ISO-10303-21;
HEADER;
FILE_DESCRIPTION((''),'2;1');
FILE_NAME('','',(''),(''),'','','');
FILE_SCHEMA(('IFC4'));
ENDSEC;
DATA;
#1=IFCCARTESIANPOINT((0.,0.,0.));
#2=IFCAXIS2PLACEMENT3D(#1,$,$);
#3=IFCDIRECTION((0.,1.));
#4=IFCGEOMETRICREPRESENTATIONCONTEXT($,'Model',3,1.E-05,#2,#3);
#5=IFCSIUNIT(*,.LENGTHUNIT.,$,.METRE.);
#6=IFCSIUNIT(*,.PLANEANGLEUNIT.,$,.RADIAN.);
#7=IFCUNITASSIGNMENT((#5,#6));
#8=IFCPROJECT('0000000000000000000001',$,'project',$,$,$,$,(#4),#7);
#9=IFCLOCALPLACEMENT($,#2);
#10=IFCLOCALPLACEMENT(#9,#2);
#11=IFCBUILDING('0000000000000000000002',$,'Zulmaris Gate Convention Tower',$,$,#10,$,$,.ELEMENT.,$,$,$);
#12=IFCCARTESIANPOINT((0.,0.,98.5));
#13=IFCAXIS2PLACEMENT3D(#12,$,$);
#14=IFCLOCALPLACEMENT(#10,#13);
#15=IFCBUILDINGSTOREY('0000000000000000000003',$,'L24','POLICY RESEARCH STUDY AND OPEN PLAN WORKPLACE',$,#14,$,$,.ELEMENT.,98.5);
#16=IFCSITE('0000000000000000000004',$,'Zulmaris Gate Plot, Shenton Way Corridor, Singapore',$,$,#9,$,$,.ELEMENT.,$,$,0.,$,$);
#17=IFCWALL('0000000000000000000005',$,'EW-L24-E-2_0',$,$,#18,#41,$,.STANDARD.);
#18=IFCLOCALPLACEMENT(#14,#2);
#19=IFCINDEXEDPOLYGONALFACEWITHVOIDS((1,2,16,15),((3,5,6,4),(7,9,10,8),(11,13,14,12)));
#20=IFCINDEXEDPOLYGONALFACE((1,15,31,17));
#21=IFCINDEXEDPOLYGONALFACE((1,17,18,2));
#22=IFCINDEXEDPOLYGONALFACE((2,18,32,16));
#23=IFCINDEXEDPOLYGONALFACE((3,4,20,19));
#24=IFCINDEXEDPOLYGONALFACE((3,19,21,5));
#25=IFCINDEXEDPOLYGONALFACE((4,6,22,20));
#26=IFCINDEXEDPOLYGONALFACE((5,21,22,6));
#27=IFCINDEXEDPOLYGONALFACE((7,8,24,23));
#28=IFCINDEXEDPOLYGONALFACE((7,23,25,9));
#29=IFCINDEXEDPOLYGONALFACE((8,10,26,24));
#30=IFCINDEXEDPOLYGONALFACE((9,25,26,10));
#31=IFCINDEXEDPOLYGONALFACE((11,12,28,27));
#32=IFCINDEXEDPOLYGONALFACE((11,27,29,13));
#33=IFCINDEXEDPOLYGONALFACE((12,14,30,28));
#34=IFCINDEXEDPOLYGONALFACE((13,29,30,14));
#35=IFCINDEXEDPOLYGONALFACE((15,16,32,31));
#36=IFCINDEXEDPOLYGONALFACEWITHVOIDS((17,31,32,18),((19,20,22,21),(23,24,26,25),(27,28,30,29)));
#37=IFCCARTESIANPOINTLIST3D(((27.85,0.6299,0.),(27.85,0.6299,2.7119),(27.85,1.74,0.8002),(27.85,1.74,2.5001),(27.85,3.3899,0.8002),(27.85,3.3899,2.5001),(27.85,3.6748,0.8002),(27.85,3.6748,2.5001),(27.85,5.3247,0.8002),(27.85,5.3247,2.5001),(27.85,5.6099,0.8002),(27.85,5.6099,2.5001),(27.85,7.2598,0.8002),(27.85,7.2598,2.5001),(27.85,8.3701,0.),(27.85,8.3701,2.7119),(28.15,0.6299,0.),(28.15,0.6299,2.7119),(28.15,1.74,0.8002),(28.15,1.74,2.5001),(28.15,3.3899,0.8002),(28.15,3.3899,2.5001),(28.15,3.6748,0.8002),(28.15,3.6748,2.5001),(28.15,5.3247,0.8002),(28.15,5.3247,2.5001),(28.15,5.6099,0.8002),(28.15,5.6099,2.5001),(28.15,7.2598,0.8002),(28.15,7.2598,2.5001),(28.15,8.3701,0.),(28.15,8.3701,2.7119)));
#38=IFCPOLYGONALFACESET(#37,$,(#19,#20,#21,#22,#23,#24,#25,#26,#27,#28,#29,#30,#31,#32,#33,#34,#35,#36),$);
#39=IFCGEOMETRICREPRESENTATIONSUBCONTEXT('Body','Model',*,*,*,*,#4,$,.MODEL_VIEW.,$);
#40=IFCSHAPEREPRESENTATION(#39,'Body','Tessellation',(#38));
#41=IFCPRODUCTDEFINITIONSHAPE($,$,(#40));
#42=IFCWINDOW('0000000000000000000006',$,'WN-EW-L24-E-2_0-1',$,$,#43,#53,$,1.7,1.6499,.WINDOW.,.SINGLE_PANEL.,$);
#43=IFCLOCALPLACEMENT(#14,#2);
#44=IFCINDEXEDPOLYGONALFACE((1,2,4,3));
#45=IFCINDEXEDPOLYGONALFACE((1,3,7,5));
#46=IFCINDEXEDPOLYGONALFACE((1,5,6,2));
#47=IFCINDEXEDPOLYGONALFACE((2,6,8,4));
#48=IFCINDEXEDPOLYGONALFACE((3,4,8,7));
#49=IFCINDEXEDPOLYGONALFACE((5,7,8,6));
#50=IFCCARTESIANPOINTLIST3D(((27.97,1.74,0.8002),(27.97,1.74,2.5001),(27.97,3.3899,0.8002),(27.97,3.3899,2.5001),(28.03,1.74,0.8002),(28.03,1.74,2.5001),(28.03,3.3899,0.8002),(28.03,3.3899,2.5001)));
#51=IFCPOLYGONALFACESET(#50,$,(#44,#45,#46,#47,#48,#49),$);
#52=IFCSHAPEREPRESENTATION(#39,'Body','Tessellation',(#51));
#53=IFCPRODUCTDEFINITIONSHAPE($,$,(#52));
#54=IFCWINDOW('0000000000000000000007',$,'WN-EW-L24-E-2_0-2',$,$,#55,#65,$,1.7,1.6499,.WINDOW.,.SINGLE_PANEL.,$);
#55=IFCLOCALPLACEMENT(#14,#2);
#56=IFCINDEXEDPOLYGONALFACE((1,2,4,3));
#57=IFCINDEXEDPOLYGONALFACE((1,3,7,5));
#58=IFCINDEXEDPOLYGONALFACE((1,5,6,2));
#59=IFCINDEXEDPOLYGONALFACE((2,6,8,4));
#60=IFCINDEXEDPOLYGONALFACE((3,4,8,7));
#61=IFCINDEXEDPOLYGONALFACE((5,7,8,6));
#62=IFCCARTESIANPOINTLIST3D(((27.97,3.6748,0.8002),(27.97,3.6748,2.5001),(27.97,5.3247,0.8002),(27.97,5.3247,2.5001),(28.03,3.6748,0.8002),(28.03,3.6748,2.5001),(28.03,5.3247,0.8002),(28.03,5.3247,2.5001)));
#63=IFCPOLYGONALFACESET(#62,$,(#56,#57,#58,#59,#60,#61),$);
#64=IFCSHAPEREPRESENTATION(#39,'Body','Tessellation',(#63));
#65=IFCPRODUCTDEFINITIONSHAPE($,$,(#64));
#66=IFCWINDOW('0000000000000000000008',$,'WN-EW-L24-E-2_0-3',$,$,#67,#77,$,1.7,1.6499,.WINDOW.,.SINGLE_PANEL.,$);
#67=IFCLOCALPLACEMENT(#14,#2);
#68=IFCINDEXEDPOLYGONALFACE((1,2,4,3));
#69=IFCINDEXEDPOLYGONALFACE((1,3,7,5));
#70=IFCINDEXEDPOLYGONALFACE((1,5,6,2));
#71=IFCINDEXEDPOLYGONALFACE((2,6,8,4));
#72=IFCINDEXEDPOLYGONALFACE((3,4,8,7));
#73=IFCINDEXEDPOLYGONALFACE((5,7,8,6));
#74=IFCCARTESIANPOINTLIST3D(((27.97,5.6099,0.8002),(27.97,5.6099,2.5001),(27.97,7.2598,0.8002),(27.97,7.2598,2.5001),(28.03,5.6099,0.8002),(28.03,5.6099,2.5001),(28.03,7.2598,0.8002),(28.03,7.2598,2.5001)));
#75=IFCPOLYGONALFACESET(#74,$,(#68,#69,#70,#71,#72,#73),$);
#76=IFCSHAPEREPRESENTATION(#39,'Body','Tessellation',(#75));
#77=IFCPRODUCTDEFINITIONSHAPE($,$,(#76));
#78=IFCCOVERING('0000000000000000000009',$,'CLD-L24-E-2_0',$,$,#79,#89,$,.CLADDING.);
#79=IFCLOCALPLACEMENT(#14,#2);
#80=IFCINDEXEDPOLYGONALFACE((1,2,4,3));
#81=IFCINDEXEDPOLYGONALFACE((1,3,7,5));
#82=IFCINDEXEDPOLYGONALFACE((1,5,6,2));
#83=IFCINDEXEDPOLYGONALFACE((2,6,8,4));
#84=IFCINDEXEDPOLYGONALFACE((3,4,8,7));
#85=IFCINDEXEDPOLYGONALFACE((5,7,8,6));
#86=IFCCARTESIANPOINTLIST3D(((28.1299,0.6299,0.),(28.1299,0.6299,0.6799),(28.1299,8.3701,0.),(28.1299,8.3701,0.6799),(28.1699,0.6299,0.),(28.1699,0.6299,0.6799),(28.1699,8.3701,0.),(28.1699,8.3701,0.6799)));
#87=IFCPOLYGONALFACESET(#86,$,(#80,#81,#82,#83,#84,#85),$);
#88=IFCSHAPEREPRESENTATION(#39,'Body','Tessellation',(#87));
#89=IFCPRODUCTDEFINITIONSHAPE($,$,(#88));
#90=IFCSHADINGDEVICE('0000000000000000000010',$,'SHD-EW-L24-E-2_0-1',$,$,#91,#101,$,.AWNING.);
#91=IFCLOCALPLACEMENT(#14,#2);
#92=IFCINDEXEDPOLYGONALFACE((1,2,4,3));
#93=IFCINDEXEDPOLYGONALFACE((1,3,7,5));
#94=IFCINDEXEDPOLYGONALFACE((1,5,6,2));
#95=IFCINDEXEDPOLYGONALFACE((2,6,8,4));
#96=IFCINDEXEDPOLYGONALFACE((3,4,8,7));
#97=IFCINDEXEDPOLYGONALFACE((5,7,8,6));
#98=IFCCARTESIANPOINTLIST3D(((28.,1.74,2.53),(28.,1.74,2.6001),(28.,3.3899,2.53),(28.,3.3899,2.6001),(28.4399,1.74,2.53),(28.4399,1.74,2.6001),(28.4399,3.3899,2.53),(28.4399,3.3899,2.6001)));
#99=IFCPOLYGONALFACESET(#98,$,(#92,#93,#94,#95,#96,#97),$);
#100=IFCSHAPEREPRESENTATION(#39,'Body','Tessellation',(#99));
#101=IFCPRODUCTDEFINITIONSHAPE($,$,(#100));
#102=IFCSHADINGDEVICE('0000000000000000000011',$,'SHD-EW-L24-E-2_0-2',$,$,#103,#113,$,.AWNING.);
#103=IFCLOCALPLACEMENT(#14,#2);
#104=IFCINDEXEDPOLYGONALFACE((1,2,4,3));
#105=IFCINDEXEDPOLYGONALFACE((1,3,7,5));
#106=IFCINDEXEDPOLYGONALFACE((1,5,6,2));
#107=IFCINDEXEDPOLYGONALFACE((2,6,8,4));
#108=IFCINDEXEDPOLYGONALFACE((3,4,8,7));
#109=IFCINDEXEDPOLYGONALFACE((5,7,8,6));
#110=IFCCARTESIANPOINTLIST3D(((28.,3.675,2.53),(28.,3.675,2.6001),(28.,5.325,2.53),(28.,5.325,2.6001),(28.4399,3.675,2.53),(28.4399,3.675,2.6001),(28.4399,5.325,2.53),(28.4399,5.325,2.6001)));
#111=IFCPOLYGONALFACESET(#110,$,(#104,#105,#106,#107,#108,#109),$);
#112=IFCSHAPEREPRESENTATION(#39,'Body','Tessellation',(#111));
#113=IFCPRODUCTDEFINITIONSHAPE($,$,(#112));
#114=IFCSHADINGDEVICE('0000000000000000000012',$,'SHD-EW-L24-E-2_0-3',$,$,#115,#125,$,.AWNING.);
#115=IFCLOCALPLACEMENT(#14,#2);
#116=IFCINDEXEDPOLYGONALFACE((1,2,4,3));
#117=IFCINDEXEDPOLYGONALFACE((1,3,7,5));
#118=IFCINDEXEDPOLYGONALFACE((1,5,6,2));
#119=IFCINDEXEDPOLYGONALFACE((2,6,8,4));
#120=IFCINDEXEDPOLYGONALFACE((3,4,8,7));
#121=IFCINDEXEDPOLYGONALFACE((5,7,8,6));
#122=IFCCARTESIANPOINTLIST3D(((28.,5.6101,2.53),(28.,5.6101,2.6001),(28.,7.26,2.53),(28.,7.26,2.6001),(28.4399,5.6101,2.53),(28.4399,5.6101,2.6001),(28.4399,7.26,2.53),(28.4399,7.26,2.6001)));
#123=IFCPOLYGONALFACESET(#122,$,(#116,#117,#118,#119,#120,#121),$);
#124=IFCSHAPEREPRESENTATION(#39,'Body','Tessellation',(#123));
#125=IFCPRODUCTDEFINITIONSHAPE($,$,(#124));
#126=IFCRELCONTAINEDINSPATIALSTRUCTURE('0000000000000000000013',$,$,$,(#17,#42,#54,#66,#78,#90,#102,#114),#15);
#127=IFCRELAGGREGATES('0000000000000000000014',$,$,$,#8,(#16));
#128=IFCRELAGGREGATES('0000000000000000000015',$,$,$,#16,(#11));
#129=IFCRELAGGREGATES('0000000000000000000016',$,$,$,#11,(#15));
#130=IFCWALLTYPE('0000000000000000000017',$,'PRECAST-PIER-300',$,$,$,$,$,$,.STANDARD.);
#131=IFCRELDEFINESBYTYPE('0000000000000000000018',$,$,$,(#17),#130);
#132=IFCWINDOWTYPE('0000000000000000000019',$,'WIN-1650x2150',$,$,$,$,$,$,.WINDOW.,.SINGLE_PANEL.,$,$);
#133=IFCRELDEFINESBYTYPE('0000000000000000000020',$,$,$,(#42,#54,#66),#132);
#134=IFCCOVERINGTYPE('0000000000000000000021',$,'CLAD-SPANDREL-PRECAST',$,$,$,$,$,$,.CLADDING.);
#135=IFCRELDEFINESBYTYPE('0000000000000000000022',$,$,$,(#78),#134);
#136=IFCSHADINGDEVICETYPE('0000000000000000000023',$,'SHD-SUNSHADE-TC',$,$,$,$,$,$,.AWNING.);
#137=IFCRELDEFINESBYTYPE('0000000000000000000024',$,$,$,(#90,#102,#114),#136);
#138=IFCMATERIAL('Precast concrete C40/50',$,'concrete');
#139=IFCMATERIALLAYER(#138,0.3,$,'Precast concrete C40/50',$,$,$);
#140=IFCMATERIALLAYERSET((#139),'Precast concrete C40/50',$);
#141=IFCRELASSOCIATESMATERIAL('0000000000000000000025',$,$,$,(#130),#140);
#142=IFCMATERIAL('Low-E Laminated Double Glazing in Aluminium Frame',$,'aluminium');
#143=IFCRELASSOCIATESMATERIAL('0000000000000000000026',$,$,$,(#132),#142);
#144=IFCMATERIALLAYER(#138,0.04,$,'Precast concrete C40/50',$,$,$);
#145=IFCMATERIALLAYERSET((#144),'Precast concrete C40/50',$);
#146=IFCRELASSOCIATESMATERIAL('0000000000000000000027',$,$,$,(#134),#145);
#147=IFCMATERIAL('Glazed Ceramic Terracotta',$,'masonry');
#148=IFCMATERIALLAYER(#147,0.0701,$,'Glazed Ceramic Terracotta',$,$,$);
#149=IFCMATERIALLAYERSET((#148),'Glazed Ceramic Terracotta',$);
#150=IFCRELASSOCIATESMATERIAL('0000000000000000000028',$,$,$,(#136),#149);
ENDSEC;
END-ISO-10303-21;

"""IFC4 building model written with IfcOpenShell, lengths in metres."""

from ifc_helpers import new_model, si_unit, direction, frame, frame_2d, origin, place, context, subcontext, project, spatial, rectangle, extrude, material, layer, layer_set, type_object, element, fill, save


model = new_model("IFC4")

# Units and contexts
model_context = context("Model", 3, precision=1e-05, world=origin(), true_north=direction((0.0, 1.0)))
body_context = subcontext(model_context, "Body", "Model", "MODEL_VIEW")
ifc_project = project(units=[si_unit("LENGTHUNIT", "METRE"), si_unit("PLANEANGLEUNIT", "RADIAN")], contexts=[model_context])

# Site, building, storey
site_placement = place(None, origin())
site = spatial("IfcSite", under=ifc_project, at=site_placement, Name="Zulmaris Gate Plot, Shenton Way Corridor, Singapore", CompositionType="ELEMENT", RefElevation=0.0)
building_placement = place(site_placement, origin())
building = spatial("IfcBuilding", under=site, at=building_placement, Name="Zulmaris Gate Convention Tower", CompositionType="ELEMENT")
storey_placement = place(building_placement, frame((0.0, 0.0, 98.5)))
storey = spatial("IfcBuildingStorey", under=building, at=storey_placement, Name="L24", Description="POLICY RESEARCH STUDY AND OPEN PLAN WORKPLACE", CompositionType="ELEMENT", Elevation=98.5)

# Wall, openings, windows
ifc_material_1 = material(Name="Precast concrete C40/50", Category="concrete")
ifc_layer_1 = layer(ifc_material_1, 0.3, Name="Precast concrete C40/50")
ifc_layer_set_1 = layer_set([ifc_layer_1], Name="Precast concrete C40/50")
wall_type_1 = type_object("IfcWallType", Name="PRECAST-PIER-300", PredefinedType="STANDARD", material=ifc_layer_set_1)
wall_1_placement = place(storey_placement, frame((28.0, 0.6299, 0.0), z_axis=(0.0, 0.0, 1.0), x_axis=(0.0, 1.0, 0.0)))
wall_1 = element("IfcWall", 1, at=wall_1_placement, inside=storey, type_object=wall_type_1, Name="EW-L24-E-2_0", PredefinedType="STANDARD", context=body_context, shape_type="SweptSolid", body=[
    extrude(rectangle(XDim=7.7402, YDim=0.3, at=frame_2d((3.8701, 0.0))), origin(), (0.0, 0.0, 1.0), 2.7119),
])
opening_1_placement = place(wall_1_placement, frame((1.1101, 0.0, 0.8)))
opening_1 = element("IfcOpeningElement", 2, at=opening_1_placement, cuts=wall_1, PredefinedType="OPENING", context=body_context, shape_type="SweptSolid", body=[
    extrude(rectangle(XDim=1.6499, YDim=1.7, at=frame_2d((0.825, 0.8501))), frame((0.0, 0.1602, 0.0), z_axis=(0.0, -1.0, 0.0), x_axis=(1.0, 0.0, 0.0)), (0.0, 0.0, 1.0), 0.3201),
])
opening_2_placement = place(wall_1_placement, frame((3.0449, 0.0, 0.8)))
opening_2 = element("IfcOpeningElement", 3, at=opening_2_placement, cuts=wall_1, PredefinedType="OPENING", context=body_context, shape_type="SweptSolid", body=[
    extrude(rectangle(XDim=1.6499, YDim=1.7, at=frame_2d((0.825, 0.8501))), frame((0.0, 0.1602, 0.0), z_axis=(0.0, -1.0, 0.0), x_axis=(1.0, 0.0, 0.0)), (0.0, 0.0, 1.0), 0.3201),
])
opening_3_placement = place(wall_1_placement, frame((4.98, 0.0, 0.8)))
opening_3 = element("IfcOpeningElement", 4, at=opening_3_placement, cuts=wall_1, PredefinedType="OPENING", context=body_context, shape_type="SweptSolid", body=[
    extrude(rectangle(XDim=1.6499, YDim=1.7, at=frame_2d((0.825, 0.8501))), frame((0.0, 0.1602, 0.0), z_axis=(0.0, -1.0, 0.0), x_axis=(1.0, 0.0, 0.0)), (0.0, 0.0, 1.0), 0.3201),
])
ifc_material_2 = material(Name="Low-E Laminated Double Glazing in Aluminium Frame", Category="aluminium")
window_type = type_object("IfcWindowType", Name="WIN-1650x2150", PartitioningType="SINGLE_PANEL", PredefinedType="WINDOW", material=ifc_material_2)
window_1_placement = place(opening_1_placement, origin())
window_1 = element("IfcWindow", 5, at=window_1_placement, inside=storey, type_object=window_type, Name="WN-EW-L24-E-2_0-1", OverallHeight=1.7, OverallWidth=1.6499, PartitioningType="SINGLE_PANEL", PredefinedType="WINDOW", context=body_context, shape_type="SweptSolid", body=[
    extrude(rectangle(XDim=1.6499, YDim=1.7, at=frame_2d((0.825, 0.8501))), frame((0.0, 0.03, 0.0), z_axis=(0.0, -1.0, 0.0), x_axis=(1.0, 0.0, 0.0)), (0.0, 0.0, 1.0), 0.0601),
])
fill(opening_1, window_1)
window_2_placement = place(opening_2_placement, origin())
window_2 = element("IfcWindow", 6, at=window_2_placement, inside=storey, type_object=window_type, Name="WN-EW-L24-E-2_0-2", OverallHeight=1.7, OverallWidth=1.6499, PartitioningType="SINGLE_PANEL", PredefinedType="WINDOW", context=body_context, shape_type="SweptSolid", body=[
    extrude(rectangle(XDim=1.6499, YDim=1.7, at=frame_2d((0.825, 0.8501))), frame((0.0, 0.03, 0.0), z_axis=(0.0, -1.0, 0.0), x_axis=(1.0, 0.0, 0.0)), (0.0, 0.0, 1.0), 0.0601),
])
fill(opening_2, window_2)
window_3_placement = place(opening_3_placement, origin())
window_3 = element("IfcWindow", 7, at=window_3_placement, inside=storey, type_object=window_type, Name="WN-EW-L24-E-2_0-3", OverallHeight=1.7, OverallWidth=1.6499, PartitioningType="SINGLE_PANEL", PredefinedType="WINDOW", context=body_context, shape_type="SweptSolid", body=[
    extrude(rectangle(XDim=1.6499, YDim=1.7, at=frame_2d((0.825, 0.8501))), frame((0.0, 0.03, 0.0), z_axis=(0.0, -1.0, 0.0), x_axis=(1.0, 0.0, 0.0)), (0.0, 0.0, 1.0), 0.0601),
])
fill(opening_3, window_3)

# Covering
ifc_layer_2 = layer(ifc_material_1, 0.04, Name="Precast concrete C40/50")
ifc_layer_set_2 = layer_set([ifc_layer_2], Name="Precast concrete C40/50")
covering_type = type_object("IfcCoveringType", Name="CLAD-SPANDREL-PRECAST", PredefinedType="CLADDING", material=ifc_layer_set_2)
covering_placement = place(storey_placement, frame((28.1499, 0.6299, 0.0), z_axis=(0.0, 0.0, 1.0), x_axis=(0.0, 1.0, 0.0)))
element("IfcCovering", 8, at=covering_placement, inside=storey, type_object=covering_type, Name="CLD-L24-E-2_0", PredefinedType="CLADDING", context=body_context, shape_type="SweptSolid", body=[
    extrude(rectangle(XDim=7.7402, YDim=0.04, at=frame_2d((3.8701, 0.0))), origin(), (0.0, 0.0, 1.0), 0.6799),
])

# Shading devices
ifc_material_3 = material(Name="Glazed Ceramic Terracotta", Category="masonry")
ifc_layer_3 = layer(ifc_material_3, 0.0701, Name="Glazed Ceramic Terracotta")
ifc_layer_set_3 = layer_set([ifc_layer_3], Name="Glazed Ceramic Terracotta")
shading_device_type = type_object("IfcShadingDeviceType", Name="SHD-SUNSHADE-TC", PredefinedType="AWNING", material=ifc_layer_set_3)
for number, where, z_axis, x_axis, name in (
    (9, (28.22, 1.74, 2.53), (0.0, 0.0, 1.0), (0.0, 1.0, 0.0), "SHD-EW-L24-E-2_0-1"),
    (10, (28.22, 3.675, 2.53), (0.0, 0.0, 1.0), (0.0, 1.0, 0.0), "SHD-EW-L24-E-2_0-2"),
    (11, (28.22, 5.6101, 2.53), (0.0, 0.0, 1.0), (0.0, 1.0, 0.0), "SHD-EW-L24-E-2_0-3"),
):
    element("IfcShadingDevice", number, at=place(storey_placement, frame(where, z_axis=z_axis, x_axis=x_axis)), inside=storey, type_object=shading_device_type, Name=name, PredefinedType="AWNING", context=body_context, shape_type="SweptSolid", body=[
        extrude(rectangle(XDim=1.6499, YDim=0.4399, at=frame_2d((0.825, 0.0))), origin(), (0.0, 0.0, 1.0), 0.0701),
    ])

save(model, "model.ifc")
